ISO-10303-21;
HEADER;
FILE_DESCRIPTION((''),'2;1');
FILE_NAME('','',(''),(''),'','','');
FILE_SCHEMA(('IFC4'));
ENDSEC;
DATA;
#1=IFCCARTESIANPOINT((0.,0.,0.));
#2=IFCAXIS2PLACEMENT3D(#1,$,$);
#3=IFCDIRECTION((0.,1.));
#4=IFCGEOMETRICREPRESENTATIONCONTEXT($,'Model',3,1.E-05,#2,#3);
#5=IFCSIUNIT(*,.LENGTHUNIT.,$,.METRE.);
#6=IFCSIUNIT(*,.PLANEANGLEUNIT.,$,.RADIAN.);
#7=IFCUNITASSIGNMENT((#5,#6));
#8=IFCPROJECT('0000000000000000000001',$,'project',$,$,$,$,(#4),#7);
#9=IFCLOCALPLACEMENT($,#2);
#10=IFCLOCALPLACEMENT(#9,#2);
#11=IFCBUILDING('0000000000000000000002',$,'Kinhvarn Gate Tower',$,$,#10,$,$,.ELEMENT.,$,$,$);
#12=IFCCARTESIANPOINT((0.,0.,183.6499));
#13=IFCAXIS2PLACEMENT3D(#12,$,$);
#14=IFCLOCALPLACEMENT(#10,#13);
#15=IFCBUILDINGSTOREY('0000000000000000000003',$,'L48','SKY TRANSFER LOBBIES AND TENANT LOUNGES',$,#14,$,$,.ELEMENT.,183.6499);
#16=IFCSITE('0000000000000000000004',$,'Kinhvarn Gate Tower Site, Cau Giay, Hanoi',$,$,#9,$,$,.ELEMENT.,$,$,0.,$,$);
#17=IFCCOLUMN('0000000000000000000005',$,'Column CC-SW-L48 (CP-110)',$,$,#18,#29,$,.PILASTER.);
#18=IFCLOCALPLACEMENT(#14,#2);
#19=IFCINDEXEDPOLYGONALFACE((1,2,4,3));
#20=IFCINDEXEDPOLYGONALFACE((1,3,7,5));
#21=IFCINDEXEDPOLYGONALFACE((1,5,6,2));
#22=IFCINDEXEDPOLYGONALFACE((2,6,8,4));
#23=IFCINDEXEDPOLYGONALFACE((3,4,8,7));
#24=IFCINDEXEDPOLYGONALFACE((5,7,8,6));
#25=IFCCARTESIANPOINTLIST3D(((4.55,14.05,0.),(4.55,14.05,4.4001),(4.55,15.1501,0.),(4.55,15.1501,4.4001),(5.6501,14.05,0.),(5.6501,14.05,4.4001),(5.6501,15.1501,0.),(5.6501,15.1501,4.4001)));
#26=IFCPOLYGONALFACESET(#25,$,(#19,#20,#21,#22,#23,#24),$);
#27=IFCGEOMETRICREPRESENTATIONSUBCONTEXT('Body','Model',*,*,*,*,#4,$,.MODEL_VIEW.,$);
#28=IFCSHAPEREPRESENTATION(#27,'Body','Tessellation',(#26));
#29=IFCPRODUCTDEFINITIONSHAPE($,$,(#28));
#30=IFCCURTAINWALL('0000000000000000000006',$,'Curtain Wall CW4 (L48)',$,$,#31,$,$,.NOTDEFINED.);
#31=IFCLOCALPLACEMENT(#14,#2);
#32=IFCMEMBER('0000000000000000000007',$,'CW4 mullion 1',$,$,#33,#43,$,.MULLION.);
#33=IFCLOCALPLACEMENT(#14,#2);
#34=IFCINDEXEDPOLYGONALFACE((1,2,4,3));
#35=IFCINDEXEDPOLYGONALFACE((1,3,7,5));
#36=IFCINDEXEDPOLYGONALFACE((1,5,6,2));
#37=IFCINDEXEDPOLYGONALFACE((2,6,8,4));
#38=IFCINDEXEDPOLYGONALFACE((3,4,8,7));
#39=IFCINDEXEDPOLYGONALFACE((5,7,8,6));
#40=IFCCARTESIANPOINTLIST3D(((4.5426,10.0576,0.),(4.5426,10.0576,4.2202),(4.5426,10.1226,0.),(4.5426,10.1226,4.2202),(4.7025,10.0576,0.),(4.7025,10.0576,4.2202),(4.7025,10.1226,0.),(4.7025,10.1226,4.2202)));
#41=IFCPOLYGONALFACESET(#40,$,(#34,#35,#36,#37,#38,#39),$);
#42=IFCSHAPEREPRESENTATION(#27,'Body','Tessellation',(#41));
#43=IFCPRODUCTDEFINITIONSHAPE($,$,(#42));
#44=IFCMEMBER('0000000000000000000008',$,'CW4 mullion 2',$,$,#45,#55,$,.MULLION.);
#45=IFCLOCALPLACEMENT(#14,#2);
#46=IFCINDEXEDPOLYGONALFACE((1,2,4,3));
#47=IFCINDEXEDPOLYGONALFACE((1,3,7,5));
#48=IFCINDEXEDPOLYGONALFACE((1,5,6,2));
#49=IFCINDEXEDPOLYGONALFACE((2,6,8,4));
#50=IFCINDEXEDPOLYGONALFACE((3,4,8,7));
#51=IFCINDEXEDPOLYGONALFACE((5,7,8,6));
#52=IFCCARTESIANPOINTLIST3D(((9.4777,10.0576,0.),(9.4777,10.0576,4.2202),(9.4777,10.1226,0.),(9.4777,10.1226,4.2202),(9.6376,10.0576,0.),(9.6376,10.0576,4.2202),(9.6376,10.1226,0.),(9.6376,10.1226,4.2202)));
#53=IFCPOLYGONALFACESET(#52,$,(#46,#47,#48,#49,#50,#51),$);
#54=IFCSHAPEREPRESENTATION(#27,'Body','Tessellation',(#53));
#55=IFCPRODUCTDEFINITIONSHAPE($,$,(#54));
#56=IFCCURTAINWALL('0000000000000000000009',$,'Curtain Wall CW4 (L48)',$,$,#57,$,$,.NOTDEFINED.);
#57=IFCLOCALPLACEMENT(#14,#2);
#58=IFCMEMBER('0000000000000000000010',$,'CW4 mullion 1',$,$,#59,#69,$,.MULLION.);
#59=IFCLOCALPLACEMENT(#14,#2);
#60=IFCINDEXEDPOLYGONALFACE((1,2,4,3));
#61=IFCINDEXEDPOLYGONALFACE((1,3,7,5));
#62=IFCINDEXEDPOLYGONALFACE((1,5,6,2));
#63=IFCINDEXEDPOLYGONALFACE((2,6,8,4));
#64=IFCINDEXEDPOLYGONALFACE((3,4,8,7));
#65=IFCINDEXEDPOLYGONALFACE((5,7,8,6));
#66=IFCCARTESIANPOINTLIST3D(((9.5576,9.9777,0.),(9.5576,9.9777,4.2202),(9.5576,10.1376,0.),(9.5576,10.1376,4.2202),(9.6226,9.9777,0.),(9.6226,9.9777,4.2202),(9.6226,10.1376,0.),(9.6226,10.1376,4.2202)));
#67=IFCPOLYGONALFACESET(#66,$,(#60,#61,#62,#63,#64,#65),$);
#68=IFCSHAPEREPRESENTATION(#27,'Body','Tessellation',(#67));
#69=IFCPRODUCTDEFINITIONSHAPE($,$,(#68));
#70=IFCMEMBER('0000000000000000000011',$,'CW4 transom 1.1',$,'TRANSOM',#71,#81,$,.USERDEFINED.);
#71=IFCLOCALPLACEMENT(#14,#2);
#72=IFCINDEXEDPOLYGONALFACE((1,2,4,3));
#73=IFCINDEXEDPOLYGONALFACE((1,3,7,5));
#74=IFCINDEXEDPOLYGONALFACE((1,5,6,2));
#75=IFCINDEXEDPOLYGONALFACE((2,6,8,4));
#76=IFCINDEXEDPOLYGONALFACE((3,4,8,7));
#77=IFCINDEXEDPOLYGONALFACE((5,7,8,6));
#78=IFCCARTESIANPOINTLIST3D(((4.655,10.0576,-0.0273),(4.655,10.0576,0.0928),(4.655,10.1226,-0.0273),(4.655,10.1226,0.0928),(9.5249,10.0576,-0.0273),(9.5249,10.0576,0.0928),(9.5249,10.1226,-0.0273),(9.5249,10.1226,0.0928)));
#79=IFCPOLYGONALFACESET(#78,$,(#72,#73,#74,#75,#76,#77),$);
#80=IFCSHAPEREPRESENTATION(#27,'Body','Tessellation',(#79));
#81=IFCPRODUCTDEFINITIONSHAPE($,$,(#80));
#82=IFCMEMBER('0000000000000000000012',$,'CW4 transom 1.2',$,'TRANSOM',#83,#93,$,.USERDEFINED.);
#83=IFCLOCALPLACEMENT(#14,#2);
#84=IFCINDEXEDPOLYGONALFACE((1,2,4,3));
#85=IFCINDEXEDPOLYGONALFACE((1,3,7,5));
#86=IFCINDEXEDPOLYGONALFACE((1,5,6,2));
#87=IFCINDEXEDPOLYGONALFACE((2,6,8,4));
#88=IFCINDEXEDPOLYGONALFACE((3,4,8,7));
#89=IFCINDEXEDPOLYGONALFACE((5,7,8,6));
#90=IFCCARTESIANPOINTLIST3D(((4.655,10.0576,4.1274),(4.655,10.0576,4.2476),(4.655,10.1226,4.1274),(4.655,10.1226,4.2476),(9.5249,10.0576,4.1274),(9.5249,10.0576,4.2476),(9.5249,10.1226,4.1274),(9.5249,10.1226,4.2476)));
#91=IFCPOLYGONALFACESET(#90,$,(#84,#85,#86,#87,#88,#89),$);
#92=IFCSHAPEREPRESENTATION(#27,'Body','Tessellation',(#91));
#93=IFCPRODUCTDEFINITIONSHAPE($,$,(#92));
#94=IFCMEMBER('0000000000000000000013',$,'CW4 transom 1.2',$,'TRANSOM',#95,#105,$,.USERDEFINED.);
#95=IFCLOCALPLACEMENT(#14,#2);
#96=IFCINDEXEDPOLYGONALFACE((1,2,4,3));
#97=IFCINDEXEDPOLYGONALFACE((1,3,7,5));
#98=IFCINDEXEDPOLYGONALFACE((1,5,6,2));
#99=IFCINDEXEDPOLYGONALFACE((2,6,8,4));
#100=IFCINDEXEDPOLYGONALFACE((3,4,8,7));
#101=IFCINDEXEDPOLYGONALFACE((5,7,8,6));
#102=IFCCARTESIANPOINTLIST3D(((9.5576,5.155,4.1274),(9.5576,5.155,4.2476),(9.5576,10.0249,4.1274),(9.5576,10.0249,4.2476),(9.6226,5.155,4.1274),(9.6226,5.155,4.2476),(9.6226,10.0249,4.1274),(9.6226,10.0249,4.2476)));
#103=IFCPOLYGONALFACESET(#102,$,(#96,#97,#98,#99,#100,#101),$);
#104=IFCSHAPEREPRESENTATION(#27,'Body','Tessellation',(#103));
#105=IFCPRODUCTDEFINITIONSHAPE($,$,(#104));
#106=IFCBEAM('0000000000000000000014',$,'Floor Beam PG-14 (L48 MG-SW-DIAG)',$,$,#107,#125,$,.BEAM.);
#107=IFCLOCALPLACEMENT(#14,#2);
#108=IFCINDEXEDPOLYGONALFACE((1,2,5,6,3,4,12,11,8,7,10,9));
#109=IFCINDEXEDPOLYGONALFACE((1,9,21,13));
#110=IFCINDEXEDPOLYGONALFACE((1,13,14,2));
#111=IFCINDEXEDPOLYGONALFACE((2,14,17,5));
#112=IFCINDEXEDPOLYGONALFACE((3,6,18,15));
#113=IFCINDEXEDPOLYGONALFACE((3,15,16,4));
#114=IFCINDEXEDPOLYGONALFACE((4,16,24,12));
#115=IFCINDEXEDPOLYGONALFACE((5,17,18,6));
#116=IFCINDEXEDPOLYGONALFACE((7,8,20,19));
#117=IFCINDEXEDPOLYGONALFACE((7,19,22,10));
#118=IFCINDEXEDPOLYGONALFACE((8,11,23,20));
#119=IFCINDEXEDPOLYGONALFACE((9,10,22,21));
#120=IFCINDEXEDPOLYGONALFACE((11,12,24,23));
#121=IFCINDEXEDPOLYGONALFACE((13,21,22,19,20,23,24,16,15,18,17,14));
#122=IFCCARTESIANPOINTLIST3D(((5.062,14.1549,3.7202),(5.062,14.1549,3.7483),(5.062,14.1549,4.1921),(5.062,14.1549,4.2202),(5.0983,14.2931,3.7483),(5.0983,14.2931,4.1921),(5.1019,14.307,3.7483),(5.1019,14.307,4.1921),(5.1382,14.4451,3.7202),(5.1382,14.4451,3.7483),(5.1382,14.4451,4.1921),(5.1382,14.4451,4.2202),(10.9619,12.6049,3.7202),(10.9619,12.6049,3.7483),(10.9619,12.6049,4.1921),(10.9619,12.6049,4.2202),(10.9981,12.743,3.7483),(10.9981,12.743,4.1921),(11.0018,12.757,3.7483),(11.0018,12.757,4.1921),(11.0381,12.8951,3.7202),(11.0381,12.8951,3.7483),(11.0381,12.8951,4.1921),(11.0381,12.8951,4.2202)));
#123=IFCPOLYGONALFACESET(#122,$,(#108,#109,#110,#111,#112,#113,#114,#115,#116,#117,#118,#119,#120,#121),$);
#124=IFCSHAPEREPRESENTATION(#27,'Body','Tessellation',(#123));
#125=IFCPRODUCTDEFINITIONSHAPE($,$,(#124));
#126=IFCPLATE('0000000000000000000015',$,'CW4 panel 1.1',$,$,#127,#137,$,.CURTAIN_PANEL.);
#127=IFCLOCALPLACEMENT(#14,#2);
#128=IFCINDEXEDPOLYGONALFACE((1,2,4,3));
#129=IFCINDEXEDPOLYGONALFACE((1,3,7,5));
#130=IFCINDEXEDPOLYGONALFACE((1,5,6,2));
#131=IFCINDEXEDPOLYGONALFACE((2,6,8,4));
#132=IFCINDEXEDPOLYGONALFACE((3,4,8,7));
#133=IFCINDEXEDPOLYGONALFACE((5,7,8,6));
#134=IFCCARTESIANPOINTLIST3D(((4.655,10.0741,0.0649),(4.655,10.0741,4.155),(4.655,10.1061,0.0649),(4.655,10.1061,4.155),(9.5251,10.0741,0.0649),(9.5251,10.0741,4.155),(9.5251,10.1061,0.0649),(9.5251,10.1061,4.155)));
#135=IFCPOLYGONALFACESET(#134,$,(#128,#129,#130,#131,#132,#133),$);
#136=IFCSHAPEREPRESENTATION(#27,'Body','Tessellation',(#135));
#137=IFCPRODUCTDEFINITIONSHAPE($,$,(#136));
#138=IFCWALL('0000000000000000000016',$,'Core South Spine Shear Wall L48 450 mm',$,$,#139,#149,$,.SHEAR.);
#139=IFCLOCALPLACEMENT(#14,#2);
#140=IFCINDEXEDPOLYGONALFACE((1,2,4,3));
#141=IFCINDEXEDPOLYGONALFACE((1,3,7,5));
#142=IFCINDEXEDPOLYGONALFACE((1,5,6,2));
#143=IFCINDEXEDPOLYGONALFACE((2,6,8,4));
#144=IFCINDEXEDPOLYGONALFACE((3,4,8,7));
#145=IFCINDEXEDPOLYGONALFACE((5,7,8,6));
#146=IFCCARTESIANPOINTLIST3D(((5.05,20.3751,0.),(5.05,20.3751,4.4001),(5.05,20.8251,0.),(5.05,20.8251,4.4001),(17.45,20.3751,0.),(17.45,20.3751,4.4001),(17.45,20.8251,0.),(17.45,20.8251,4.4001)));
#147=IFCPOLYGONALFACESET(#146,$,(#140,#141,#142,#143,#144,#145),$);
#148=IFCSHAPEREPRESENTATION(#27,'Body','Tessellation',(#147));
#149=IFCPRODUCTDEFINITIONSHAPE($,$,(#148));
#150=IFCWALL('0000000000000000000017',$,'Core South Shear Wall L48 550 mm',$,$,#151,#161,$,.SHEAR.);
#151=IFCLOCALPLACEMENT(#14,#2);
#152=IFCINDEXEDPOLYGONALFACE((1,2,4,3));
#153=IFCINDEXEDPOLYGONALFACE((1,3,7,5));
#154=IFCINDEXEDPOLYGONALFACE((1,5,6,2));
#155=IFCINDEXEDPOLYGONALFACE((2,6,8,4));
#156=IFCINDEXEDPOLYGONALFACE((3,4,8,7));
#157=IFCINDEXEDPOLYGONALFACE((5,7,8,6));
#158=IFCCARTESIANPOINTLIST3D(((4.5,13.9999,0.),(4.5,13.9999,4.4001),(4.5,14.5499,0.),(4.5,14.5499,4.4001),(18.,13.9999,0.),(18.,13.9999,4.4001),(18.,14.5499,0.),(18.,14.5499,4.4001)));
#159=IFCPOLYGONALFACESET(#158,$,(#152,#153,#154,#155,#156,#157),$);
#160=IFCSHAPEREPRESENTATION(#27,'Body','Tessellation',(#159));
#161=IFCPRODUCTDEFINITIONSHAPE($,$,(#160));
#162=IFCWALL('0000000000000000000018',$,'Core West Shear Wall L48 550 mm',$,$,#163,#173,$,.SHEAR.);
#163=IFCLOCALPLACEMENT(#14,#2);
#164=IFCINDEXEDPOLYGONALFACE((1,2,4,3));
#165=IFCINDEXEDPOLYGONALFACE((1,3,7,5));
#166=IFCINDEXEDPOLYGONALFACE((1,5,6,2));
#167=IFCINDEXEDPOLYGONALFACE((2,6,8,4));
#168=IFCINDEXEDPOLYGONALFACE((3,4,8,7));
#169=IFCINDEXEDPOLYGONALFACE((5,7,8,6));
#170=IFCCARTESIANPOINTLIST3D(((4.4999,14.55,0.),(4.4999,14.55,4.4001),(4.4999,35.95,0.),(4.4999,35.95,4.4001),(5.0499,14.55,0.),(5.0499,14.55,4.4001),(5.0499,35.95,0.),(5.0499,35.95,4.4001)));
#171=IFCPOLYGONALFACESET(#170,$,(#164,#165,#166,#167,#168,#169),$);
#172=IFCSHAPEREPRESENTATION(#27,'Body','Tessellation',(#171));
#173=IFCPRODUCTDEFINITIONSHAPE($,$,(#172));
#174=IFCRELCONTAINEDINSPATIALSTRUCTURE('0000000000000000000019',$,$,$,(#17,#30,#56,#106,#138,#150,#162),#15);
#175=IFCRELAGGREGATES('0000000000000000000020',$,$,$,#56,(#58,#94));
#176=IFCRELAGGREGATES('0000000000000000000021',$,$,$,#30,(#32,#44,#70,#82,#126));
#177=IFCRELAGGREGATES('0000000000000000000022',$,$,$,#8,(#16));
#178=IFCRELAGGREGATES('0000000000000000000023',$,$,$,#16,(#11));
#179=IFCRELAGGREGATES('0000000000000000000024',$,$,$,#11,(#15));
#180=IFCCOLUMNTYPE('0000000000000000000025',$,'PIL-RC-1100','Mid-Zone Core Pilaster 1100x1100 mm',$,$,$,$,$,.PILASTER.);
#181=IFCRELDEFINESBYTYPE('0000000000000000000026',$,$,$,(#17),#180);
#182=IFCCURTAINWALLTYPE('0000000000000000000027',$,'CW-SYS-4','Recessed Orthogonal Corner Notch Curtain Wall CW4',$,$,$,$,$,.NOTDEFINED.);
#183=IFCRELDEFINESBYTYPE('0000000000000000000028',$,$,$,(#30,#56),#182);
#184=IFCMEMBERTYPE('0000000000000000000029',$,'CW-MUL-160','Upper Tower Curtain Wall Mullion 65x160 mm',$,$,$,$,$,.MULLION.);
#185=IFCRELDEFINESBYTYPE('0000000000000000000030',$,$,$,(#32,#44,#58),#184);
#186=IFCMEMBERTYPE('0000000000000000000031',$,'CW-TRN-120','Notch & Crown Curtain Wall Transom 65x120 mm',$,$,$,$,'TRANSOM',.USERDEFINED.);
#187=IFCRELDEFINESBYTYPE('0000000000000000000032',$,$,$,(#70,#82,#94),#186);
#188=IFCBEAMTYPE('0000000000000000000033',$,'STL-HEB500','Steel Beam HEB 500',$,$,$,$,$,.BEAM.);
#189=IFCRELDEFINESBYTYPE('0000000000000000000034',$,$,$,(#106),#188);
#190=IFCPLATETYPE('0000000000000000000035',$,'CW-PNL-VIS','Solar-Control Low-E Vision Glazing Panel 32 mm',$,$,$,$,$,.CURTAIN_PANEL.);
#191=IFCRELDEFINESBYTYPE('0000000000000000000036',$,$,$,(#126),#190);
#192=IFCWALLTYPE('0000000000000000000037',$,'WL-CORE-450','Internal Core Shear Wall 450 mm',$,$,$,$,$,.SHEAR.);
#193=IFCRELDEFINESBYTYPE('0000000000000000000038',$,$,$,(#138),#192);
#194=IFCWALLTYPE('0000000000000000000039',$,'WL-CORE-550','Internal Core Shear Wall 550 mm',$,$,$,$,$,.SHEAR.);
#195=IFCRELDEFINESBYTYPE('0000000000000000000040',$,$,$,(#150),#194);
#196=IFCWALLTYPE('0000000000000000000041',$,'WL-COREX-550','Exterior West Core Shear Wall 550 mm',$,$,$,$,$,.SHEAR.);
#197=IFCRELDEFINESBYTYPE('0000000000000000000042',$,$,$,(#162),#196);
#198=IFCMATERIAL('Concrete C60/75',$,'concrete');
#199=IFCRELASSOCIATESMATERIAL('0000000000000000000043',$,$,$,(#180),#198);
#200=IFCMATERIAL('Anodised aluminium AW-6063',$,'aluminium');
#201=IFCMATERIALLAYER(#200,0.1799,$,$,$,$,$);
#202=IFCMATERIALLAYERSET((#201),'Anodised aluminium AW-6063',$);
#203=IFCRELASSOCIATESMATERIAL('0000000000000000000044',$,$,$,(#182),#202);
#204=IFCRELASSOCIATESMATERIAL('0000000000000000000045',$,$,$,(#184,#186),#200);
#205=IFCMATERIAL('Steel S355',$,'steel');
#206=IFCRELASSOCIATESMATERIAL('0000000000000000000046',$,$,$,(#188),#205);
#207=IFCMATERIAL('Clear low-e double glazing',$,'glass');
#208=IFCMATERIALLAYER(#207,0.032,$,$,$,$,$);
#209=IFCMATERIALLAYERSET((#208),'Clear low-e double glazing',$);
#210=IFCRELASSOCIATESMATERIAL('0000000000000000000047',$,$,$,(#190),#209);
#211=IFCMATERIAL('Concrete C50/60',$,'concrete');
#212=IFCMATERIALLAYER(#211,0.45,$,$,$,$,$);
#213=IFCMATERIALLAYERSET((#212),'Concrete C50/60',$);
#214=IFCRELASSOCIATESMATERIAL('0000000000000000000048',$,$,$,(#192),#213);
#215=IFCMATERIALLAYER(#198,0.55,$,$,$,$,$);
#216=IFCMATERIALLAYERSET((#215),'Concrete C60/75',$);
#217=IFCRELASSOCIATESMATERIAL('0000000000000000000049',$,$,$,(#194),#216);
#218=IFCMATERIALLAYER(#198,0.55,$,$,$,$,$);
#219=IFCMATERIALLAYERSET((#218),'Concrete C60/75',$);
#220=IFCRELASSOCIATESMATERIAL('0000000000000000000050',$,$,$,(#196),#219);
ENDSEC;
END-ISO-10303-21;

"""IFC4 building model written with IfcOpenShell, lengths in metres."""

from ifc_helpers import new_model, si_unit, direction, frame, frame_2d, origin, origin_2d, place, context, subcontext, project, spatial, rectangle, i_section, extrude, material, layer, layer_set, material_profile, profile_set, type_object, element, aggregate, save


model = new_model("IFC4")

# Units and contexts
model_context = context("Model", 3, precision=1e-05, world=origin(), true_north=direction((0.0, 1.0)))
body_context = subcontext(model_context, "Body", "Model", "MODEL_VIEW")
ifc_project = project(units=[si_unit("LENGTHUNIT", "METRE"), si_unit("PLANEANGLEUNIT", "RADIAN")], contexts=[model_context])

# Site, building, storey
site_placement = place(None, origin())
site = spatial("IfcSite", under=ifc_project, at=site_placement, Name="Kinhvarn Gate Tower Site, Cau Giay, Hanoi", CompositionType="ELEMENT", RefElevation=0.0)
building_placement = place(site_placement, origin())
building = spatial("IfcBuilding", under=site, at=building_placement, Name="Kinhvarn Gate Tower", CompositionType="ELEMENT")
storey_placement = place(building_placement, frame((0.0, 0.0, 183.6499)))
storey = spatial("IfcBuildingStorey", under=building, at=storey_placement, Name="L48", Description="SKY TRANSFER LOBBIES AND TENANT LOUNGES", CompositionType="ELEMENT", Elevation=183.6499)

# Column
ifc_material_1 = material(Name="Concrete C60/75", Category="concrete")
ifc_material_profile_1 = material_profile(ifc_material_1, rectangle(XDim=1.1001, YDim=1.1001, at=origin_2d()), Name="RC 1100x1100")
ifc_profile_set_1 = profile_set([ifc_material_profile_1], Name="Concrete C60/75")
column_type = type_object("IfcColumnType", Name="PIL-RC-1100", Description="Mid-Zone Core Pilaster 1100x1100 mm", PredefinedType="PILASTER", material=ifc_profile_set_1)
column_placement = place(storey_placement, frame((5.1001, 14.6001, 0.0), z_axis=(0.0, 0.0, 1.0), x_axis=(1.0, 0.0, 0.0)))
element("IfcColumn", 1, at=column_placement, inside=storey, type_object=column_type, Name="Column CC-SW-L48 (CP-110)", PredefinedType="PILASTER", context=body_context, shape_type="SweptSolid", body=[
    extrude(rectangle(XDim=1.1001, YDim=1.1001, at=origin_2d()), origin(), (0.0, 0.0, 1.0), 4.4001),
])

# Curtain wall, members
ifc_material_2 = material(Name="Anodised aluminium AW-6063", Category="aluminium")
ifc_layer_1 = layer(ifc_material_2, 0.1799)
ifc_layer_set_1 = layer_set([ifc_layer_1], Name="Anodised aluminium AW-6063")
curtain_wall_type = type_object("IfcCurtainWallType", Name="CW-SYS-4", Description="Recessed Orthogonal Corner Notch Curtain Wall CW4", PredefinedType="NOTDEFINED", material=ifc_layer_set_1)
curtain_wall_1_placement = place(storey_placement, origin())
curtain_wall_1 = element("IfcCurtainWall", 2, at=curtain_wall_1_placement, inside=storey, type_object=curtain_wall_type, Name="Curtain Wall CW4 (L48)", PredefinedType="NOTDEFINED")
ifc_material_profile_2 = material_profile(ifc_material_2, rectangle(XDim=0.0649, YDim=0.1599, at=origin_2d()), Name="ALU 65x160")
ifc_profile_set_2 = profile_set([ifc_material_profile_2], Name="Anodised aluminium AW-6063")
member_type_1 = type_object("IfcMemberType", Name="CW-MUL-160", Description="Upper Tower Curtain Wall Mullion 65x160 mm", PredefinedType="MULLION", material=ifc_profile_set_2)
member_1_placement = place(storey_placement, frame((4.6226, 10.0901, 0.0), z_axis=(0.0, 0.0, 1.0), x_axis=(0.0, 1.0, 0.0)))
member_1 = element("IfcMember", 3, at=member_1_placement, type_object=member_type_1, Name="CW4 mullion 1", PredefinedType="MULLION", context=body_context, shape_type="SweptSolid", body=[
    extrude(rectangle(XDim=0.0649, YDim=0.1599, at=origin_2d()), origin(), (0.0, 0.0, 1.0), 4.2202),
])
member_2_placement = place(storey_placement, frame((9.5576, 10.0901, 0.0), z_axis=(0.0, 0.0, 1.0), x_axis=(0.0, 1.0, 0.0)))
member_2 = element("IfcMember", 4, at=member_2_placement, type_object=member_type_1, Name="CW4 mullion 2", PredefinedType="MULLION", context=body_context, shape_type="SweptSolid", body=[
    extrude(rectangle(XDim=0.0649, YDim=0.1599, at=origin_2d()), origin(), (0.0, 0.0, 1.0), 4.2202),
])

# Curtain wall, member
curtain_wall_2_placement = place(storey_placement, origin())
curtain_wall_2 = element("IfcCurtainWall", 5, at=curtain_wall_2_placement, inside=storey, type_object=curtain_wall_type, Name="Curtain Wall CW4 (L48)", PredefinedType="NOTDEFINED")
member_3_placement = place(storey_placement, frame((9.5901, 10.0576, 0.0), z_axis=(0.0, 0.0, 1.0), x_axis=(1.0, 0.0, 0.0)))
member_3 = element("IfcMember", 6, at=member_3_placement, type_object=member_type_1, Name="CW4 mullion 1", PredefinedType="MULLION", context=body_context, shape_type="SweptSolid", body=[
    extrude(rectangle(XDim=0.0649, YDim=0.1599, at=origin_2d()), origin(), (0.0, 0.0, 1.0), 4.2202),
])

# Members
ifc_material_profile_3 = material_profile(ifc_material_2, rectangle(XDim=0.0649, YDim=0.1201, at=origin_2d()), Name="ALU 65x120")
ifc_profile_set_3 = profile_set([ifc_material_profile_3], Name="Anodised aluminium AW-6063")
member_type_2 = type_object("IfcMemberType", Name="CW-TRN-120", Description="Notch & Crown Curtain Wall Transom 65x120 mm", ElementType="TRANSOM", PredefinedType="USERDEFINED", material=ifc_profile_set_3)
member_4_placement = place(storey_placement, frame((4.655, 10.0901, 0.0327), z_axis=(1.0, 0.0, 0.0), x_axis=(0.0, 1.0, 0.0)))
member_4 = element("IfcMember", 7, at=member_4_placement, type_object=member_type_2, Name="CW4 transom 1.1", ObjectType="TRANSOM", PredefinedType="USERDEFINED", context=body_context, shape_type="SweptSolid", body=[
    extrude(rectangle(XDim=0.0649, YDim=0.1201, at=origin_2d()), origin(), (0.0, 0.0, 1.0), 4.8699),
])
member_5_placement = place(storey_placement, frame((4.655, 10.0901, 4.1875), z_axis=(1.0, 0.0, 0.0), x_axis=(0.0, 1.0, 0.0)))
member_5 = element("IfcMember", 8, at=member_5_placement, type_object=member_type_2, Name="CW4 transom 1.2", ObjectType="TRANSOM", PredefinedType="USERDEFINED", context=body_context, shape_type="SweptSolid", body=[
    extrude(rectangle(XDim=0.0649, YDim=0.1201, at=origin_2d()), origin(), (0.0, 0.0, 1.0), 4.8699),
])
member_6_placement = place(storey_placement, frame((9.5901, 10.0249, 4.1875), z_axis=(0.0, -1.0, 0.0), x_axis=(1.0, 0.0, 0.0)))
member_6 = element("IfcMember", 9, at=member_6_placement, type_object=member_type_2, Name="CW4 transom 1.2", ObjectType="TRANSOM", PredefinedType="USERDEFINED", context=body_context, shape_type="SweptSolid", body=[
    extrude(rectangle(XDim=0.0649, YDim=0.1201, at=origin_2d()), origin(), (0.0, 0.0, 1.0), 4.8699),
])
aggregate(curtain_wall_2, [member_3, member_6])

# Beam
ifc_material_3 = material(Name="Steel S355", Category="steel")
ifc_material_profile_4 = material_profile(ifc_material_3, i_section(OverallWidth=0.3, OverallDepth=0.5, WebThickness=0.0144, FlangeThickness=0.0281, at=origin_2d()), Name="HEB 500")
ifc_profile_set_4 = profile_set([ifc_material_profile_4], Name="Steel S355")
beam_type = type_object("IfcBeamType", Name="STL-HEB500", Description="Steel Beam HEB 500", PredefinedType="BEAM", material=ifc_profile_set_4)
beam_placement = place(storey_placement, frame((5.1001, 14.3, 3.9702), z_axis=(0.967178, -0.254101, 0.0), x_axis=(0.254101, 0.967178, 0.0)))
element("IfcBeam", 10, at=beam_placement, inside=storey, type_object=beam_type, Name="Floor Beam PG-14 (L48 MG-SW-DIAG)", PredefinedType="BEAM", context=body_context, shape_type="SweptSolid", body=[
    extrude(i_section(OverallWidth=0.3, OverallDepth=0.5, WebThickness=0.0144, FlangeThickness=0.0281, at=origin_2d()), origin(), (0.0, 0.0, 1.0), 6.1001),
])

# Plate
ifc_material_4 = material(Name="Clear low-e double glazing", Category="glass")
ifc_layer_2 = layer(ifc_material_4, 0.032)
ifc_layer_set_2 = layer_set([ifc_layer_2], Name="Clear low-e double glazing")
plate_type = type_object("IfcPlateType", Name="CW-PNL-VIS", Description="Solar-Control Low-E Vision Glazing Panel 32 mm", PredefinedType="CURTAIN_PANEL", material=ifc_layer_set_2)
plate_placement = place(storey_placement, frame((7.0901, 10.0901, 0.0649), z_axis=(0.0, 0.0, 1.0), x_axis=(1.0, 0.0, 0.0)))
plate = element("IfcPlate", 11, at=plate_placement, type_object=plate_type, Name="CW4 panel 1.1", PredefinedType="CURTAIN_PANEL", context=body_context, shape_type="SweptSolid", body=[
    extrude(rectangle(XDim=4.8701, YDim=0.032, at=origin_2d()), origin(), (0.0, 0.0, 1.0), 4.0901),
])
aggregate(curtain_wall_1, [member_1, member_2, member_4, member_5, plate])

# Walls
ifc_material_5 = material(Name="Concrete C50/60", Category="concrete")
ifc_layer_3 = layer(ifc_material_5, 0.45)
ifc_layer_set_3 = layer_set([ifc_layer_3], Name="Concrete C50/60")
wall_type_1 = type_object("IfcWallType", Name="WL-CORE-450", Description="Internal Core Shear Wall 450 mm", PredefinedType="SHEAR", material=ifc_layer_set_3)
wall_1_placement = place(storey_placement, frame((5.05, 20.6001, 0.0), z_axis=(0.0, 0.0, 1.0), x_axis=(1.0, 0.0, 0.0)))
element("IfcWall", 12, at=wall_1_placement, inside=storey, type_object=wall_type_1, Name="Core South Spine Shear Wall L48 450 mm", PredefinedType="SHEAR", context=body_context, shape_type="SweptSolid", body=[
    extrude(rectangle(XDim=12.3999, YDim=0.45, at=frame_2d((6.2, 0.0))), origin(), (0.0, 0.0, 1.0), 4.4001),
])
ifc_layer_4 = layer(ifc_material_1, 0.55)
ifc_layer_set_4 = layer_set([ifc_layer_4], Name="Concrete C60/75")
wall_type_2 = type_object("IfcWallType", Name="WL-CORE-550", Description="Internal Core Shear Wall 550 mm", PredefinedType="SHEAR", material=ifc_layer_set_4)
wall_2_placement = place(storey_placement, frame((4.5, 14.2749, 0.0), z_axis=(0.0, 0.0, 1.0), x_axis=(1.0, 0.0, 0.0)))
element("IfcWall", 13, at=wall_2_placement, inside=storey, type_object=wall_type_2, Name="Core South Shear Wall L48 550 mm", PredefinedType="SHEAR", context=body_context, shape_type="SweptSolid", body=[
    extrude(rectangle(XDim=13.5, YDim=0.55, at=frame_2d((6.75, 0.0))), origin(), (0.0, 0.0, 1.0), 4.4001),
])
ifc_layer_5 = layer(ifc_material_1, 0.55)
ifc_layer_set_5 = layer_set([ifc_layer_5], Name="Concrete C60/75")
wall_type_3 = type_object("IfcWallType", Name="WL-COREX-550", Description="Exterior West Core Shear Wall 550 mm", PredefinedType="SHEAR", material=ifc_layer_set_5)
wall_3_placement = place(storey_placement, frame((4.7749, 14.55, 0.0), z_axis=(0.0, 0.0, 1.0), x_axis=(0.0, 1.0, 0.0)))
element("IfcWall", 14, at=wall_3_placement, inside=storey, type_object=wall_type_3, Name="Core West Shear Wall L48 550 mm", PredefinedType="SHEAR", context=body_context, shape_type="SweptSolid", body=[
    extrude(rectangle(XDim=21.3999, YDim=0.55, at=frame_2d((10.7, 0.0))), origin(), (0.0, 0.0, 1.0), 4.4001),
])

save(model, "model.ifc")
